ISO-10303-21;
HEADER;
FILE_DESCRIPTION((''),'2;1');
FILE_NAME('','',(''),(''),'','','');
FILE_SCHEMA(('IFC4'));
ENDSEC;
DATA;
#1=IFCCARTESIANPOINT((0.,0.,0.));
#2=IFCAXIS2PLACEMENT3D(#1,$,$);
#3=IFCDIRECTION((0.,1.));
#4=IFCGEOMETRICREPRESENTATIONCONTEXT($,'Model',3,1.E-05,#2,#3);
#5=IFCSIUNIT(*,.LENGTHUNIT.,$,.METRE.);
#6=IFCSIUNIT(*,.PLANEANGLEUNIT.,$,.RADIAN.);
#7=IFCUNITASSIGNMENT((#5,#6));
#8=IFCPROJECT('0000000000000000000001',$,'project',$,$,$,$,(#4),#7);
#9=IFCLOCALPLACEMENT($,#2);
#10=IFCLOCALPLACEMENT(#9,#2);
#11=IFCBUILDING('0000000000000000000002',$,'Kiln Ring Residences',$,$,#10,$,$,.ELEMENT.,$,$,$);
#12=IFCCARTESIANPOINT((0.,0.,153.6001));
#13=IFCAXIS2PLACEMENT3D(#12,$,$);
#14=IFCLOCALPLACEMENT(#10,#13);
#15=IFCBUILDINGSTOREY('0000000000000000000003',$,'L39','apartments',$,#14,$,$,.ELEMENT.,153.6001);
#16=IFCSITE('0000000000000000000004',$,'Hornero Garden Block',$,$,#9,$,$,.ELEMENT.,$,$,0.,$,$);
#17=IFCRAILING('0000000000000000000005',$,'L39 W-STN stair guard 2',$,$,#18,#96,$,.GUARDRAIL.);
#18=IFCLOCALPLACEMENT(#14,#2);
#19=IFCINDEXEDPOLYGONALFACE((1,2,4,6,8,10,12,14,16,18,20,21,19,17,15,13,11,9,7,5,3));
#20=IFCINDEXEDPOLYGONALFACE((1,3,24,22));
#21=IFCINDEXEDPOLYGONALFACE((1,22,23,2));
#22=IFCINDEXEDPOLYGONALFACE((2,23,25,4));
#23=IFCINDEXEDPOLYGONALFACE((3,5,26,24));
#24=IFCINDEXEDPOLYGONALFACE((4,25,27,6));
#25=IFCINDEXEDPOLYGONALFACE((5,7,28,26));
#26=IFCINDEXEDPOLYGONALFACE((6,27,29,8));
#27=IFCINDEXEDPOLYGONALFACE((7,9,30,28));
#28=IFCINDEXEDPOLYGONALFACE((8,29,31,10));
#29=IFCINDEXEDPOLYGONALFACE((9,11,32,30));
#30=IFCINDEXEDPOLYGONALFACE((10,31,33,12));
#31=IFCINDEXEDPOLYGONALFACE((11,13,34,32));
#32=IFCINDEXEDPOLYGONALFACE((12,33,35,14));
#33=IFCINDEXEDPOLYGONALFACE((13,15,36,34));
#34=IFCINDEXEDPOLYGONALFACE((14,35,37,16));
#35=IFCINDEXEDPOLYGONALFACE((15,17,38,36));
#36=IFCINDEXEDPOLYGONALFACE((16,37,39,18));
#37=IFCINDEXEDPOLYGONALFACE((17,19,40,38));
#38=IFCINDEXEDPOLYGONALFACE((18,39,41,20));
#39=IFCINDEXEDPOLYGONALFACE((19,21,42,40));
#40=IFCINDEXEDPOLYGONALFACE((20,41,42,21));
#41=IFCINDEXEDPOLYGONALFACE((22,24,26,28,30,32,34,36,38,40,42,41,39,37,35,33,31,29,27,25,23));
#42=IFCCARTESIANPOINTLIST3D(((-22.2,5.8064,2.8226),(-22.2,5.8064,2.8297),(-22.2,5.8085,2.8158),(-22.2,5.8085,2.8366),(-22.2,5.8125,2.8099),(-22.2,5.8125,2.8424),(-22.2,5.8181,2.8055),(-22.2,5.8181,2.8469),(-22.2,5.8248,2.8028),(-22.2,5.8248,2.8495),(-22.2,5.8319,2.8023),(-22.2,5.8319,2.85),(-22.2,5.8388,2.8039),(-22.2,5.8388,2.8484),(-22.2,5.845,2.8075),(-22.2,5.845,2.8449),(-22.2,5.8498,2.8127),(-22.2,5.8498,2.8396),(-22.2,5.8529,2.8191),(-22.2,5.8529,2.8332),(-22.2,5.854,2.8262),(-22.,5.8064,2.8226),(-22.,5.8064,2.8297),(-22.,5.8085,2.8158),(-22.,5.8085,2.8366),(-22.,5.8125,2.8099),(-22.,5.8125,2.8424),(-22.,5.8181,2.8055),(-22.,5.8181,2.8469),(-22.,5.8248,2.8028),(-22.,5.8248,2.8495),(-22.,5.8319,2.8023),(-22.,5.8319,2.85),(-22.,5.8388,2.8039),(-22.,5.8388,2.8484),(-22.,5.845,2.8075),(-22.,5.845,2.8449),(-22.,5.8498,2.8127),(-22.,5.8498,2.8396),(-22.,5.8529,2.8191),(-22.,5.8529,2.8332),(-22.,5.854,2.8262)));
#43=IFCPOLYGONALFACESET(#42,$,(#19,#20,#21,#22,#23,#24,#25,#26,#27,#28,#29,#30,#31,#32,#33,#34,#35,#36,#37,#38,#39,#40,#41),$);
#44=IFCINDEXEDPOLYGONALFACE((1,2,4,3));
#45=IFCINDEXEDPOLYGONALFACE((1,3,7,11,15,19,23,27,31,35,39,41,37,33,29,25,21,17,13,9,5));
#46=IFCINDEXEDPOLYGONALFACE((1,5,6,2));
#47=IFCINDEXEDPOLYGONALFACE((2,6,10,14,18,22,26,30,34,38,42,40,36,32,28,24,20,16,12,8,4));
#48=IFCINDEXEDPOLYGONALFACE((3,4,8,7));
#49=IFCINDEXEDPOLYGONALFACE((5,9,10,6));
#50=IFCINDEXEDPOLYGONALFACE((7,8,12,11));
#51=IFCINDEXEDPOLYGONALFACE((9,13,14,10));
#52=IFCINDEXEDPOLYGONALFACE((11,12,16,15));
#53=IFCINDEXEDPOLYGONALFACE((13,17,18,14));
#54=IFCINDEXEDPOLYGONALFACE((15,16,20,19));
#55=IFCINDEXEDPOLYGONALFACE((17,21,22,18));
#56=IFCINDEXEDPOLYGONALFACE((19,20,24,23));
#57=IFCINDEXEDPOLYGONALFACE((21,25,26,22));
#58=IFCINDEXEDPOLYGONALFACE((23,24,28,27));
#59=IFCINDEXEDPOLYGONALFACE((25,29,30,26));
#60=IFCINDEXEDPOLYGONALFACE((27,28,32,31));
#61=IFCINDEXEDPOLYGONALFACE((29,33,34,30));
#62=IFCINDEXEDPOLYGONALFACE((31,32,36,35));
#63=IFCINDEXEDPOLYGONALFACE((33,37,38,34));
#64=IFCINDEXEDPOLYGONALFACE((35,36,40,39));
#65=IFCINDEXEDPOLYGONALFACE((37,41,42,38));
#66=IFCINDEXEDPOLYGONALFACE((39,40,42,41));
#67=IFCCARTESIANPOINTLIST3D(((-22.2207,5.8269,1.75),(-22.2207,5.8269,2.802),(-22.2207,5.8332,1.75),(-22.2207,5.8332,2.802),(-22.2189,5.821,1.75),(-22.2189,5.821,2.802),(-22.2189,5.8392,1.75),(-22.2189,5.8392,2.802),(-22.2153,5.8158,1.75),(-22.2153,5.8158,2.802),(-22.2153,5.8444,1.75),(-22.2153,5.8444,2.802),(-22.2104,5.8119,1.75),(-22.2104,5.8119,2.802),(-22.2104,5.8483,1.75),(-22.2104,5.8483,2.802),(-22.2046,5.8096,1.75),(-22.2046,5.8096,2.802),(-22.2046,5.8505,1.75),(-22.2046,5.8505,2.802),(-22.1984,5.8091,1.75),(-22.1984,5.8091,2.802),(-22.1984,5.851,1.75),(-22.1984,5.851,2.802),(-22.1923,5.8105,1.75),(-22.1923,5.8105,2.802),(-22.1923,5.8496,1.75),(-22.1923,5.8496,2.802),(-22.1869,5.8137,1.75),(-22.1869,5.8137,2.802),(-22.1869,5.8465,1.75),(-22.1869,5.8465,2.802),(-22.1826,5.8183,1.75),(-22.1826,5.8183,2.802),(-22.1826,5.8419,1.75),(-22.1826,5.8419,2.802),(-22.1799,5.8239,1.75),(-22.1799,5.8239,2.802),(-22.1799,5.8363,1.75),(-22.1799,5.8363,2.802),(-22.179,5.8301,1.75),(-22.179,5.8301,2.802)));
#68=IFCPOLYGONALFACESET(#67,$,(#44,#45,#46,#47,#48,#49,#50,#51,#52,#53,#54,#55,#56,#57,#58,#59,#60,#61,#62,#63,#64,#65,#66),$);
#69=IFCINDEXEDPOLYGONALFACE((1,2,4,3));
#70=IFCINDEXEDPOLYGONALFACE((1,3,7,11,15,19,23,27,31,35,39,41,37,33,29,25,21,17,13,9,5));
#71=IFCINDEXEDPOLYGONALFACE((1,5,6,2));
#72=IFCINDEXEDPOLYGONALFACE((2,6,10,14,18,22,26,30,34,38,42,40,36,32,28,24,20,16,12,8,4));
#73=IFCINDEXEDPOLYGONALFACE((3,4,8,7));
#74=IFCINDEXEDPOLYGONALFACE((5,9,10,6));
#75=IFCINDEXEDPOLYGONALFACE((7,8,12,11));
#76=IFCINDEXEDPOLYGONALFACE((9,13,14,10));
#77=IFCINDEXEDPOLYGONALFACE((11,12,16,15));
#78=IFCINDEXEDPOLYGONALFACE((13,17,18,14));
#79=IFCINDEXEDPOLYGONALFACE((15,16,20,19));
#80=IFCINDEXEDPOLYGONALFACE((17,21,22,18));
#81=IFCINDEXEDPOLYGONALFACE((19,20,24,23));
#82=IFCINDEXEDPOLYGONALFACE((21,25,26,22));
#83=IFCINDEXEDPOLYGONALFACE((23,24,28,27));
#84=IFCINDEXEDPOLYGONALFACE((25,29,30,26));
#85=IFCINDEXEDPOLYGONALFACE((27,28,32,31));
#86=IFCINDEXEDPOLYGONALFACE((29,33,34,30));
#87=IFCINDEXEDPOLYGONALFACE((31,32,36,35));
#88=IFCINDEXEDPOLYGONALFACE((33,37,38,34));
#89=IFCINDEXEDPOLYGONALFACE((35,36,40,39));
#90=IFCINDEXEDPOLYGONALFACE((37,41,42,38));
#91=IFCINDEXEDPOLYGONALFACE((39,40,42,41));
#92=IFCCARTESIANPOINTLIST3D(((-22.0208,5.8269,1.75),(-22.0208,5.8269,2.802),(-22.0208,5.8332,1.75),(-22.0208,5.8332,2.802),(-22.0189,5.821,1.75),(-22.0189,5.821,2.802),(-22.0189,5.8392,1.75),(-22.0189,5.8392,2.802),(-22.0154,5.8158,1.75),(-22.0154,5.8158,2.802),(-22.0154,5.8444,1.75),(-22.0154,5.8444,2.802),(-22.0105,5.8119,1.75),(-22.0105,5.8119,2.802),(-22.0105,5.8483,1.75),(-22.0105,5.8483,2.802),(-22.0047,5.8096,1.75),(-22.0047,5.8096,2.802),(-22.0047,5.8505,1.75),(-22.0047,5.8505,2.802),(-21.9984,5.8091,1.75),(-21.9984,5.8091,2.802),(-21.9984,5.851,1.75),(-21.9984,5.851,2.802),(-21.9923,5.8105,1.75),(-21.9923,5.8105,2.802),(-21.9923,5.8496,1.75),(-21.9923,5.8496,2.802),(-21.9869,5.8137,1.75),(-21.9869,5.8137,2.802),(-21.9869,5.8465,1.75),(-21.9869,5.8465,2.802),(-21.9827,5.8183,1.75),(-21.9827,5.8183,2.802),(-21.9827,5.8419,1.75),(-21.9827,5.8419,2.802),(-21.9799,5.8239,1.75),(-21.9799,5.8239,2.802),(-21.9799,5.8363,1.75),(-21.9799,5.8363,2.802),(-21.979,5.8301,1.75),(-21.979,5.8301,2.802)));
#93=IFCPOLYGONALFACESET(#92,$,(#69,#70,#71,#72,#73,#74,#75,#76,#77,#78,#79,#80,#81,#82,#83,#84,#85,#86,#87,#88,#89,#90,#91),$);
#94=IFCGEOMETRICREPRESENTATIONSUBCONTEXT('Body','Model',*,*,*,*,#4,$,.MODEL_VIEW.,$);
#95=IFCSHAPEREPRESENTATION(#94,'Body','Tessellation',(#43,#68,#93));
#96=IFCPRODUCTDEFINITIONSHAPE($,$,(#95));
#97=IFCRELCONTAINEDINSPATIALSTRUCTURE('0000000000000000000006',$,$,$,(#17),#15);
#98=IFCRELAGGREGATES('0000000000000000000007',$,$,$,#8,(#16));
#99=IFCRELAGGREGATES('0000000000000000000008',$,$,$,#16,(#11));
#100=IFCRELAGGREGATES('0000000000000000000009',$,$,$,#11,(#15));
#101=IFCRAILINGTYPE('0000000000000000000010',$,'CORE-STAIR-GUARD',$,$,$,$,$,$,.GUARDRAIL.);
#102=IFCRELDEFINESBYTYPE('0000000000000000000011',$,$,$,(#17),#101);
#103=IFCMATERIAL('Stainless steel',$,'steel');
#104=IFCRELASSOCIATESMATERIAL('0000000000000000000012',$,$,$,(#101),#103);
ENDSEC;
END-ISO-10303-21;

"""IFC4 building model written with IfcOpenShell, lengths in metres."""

from ifc_helpers import new_model, si_unit, direction, frame, origin, origin_2d, place, context, subcontext, project, spatial, circle, extrude, material, type_object, element, save


model = new_model("IFC4")

# Units and contexts
model_context = context("Model", 3, precision=1e-05, world=origin(), true_north=direction((0.0, 1.0)))
body_context = subcontext(model_context, "Body", "Model", "MODEL_VIEW")
ifc_project = project(units=[si_unit("LENGTHUNIT", "METRE"), si_unit("PLANEANGLEUNIT", "RADIAN")], contexts=[model_context])

# Site, building, storey
site_placement = place(None, origin())
site = spatial("IfcSite", under=ifc_project, at=site_placement, Name="Hornero Garden Block", CompositionType="ELEMENT", RefElevation=0.0)
building_placement = place(site_placement, origin())
building = spatial("IfcBuilding", under=site, at=building_placement, Name="Kiln Ring Residences", CompositionType="ELEMENT")
storey_placement = place(building_placement, frame((0.0, 0.0, 153.6001)))
storey = spatial("IfcBuildingStorey", under=building, at=storey_placement, Name="L39", Description="apartments", CompositionType="ELEMENT", Elevation=153.6001)

# Railing
ifc_material_1 = material(Name="Stainless steel", Category="steel")
railing_type_1 = type_object("IfcRailingType", Name="CORE-STAIR-GUARD", PredefinedType="GUARDRAIL", material=ifc_material_1)
railing_1_placement = place(storey_placement, frame((-22.2, 5.8301, 1.75)))
element("IfcRailing", 1, at=railing_1_placement, inside=storey, type_object=railing_type_1, Name="L39 W-STN stair guard 2", PredefinedType="GUARDRAIL", context=body_context, shape_type="SweptSolid", body=[
    extrude(circle(Radius=0.0239, at=origin_2d()), frame((0.0, 0.0, 1.0762), z_axis=(1.0, 0.0, 0.0), x_axis=(0.0, 1.0, 0.0)), (0.0, 0.0, 1.0), 0.2),
    extrude(circle(Radius=0.021, at=origin_2d()), origin(), (0.0, 0.0, 1.0), 1.052),
    extrude(circle(Radius=0.021, at=origin_2d()), frame((0.2, 0.0, 0.0)), (0.0, 0.0, 1.0), 1.052),
])

save(model, "model.ifc")
